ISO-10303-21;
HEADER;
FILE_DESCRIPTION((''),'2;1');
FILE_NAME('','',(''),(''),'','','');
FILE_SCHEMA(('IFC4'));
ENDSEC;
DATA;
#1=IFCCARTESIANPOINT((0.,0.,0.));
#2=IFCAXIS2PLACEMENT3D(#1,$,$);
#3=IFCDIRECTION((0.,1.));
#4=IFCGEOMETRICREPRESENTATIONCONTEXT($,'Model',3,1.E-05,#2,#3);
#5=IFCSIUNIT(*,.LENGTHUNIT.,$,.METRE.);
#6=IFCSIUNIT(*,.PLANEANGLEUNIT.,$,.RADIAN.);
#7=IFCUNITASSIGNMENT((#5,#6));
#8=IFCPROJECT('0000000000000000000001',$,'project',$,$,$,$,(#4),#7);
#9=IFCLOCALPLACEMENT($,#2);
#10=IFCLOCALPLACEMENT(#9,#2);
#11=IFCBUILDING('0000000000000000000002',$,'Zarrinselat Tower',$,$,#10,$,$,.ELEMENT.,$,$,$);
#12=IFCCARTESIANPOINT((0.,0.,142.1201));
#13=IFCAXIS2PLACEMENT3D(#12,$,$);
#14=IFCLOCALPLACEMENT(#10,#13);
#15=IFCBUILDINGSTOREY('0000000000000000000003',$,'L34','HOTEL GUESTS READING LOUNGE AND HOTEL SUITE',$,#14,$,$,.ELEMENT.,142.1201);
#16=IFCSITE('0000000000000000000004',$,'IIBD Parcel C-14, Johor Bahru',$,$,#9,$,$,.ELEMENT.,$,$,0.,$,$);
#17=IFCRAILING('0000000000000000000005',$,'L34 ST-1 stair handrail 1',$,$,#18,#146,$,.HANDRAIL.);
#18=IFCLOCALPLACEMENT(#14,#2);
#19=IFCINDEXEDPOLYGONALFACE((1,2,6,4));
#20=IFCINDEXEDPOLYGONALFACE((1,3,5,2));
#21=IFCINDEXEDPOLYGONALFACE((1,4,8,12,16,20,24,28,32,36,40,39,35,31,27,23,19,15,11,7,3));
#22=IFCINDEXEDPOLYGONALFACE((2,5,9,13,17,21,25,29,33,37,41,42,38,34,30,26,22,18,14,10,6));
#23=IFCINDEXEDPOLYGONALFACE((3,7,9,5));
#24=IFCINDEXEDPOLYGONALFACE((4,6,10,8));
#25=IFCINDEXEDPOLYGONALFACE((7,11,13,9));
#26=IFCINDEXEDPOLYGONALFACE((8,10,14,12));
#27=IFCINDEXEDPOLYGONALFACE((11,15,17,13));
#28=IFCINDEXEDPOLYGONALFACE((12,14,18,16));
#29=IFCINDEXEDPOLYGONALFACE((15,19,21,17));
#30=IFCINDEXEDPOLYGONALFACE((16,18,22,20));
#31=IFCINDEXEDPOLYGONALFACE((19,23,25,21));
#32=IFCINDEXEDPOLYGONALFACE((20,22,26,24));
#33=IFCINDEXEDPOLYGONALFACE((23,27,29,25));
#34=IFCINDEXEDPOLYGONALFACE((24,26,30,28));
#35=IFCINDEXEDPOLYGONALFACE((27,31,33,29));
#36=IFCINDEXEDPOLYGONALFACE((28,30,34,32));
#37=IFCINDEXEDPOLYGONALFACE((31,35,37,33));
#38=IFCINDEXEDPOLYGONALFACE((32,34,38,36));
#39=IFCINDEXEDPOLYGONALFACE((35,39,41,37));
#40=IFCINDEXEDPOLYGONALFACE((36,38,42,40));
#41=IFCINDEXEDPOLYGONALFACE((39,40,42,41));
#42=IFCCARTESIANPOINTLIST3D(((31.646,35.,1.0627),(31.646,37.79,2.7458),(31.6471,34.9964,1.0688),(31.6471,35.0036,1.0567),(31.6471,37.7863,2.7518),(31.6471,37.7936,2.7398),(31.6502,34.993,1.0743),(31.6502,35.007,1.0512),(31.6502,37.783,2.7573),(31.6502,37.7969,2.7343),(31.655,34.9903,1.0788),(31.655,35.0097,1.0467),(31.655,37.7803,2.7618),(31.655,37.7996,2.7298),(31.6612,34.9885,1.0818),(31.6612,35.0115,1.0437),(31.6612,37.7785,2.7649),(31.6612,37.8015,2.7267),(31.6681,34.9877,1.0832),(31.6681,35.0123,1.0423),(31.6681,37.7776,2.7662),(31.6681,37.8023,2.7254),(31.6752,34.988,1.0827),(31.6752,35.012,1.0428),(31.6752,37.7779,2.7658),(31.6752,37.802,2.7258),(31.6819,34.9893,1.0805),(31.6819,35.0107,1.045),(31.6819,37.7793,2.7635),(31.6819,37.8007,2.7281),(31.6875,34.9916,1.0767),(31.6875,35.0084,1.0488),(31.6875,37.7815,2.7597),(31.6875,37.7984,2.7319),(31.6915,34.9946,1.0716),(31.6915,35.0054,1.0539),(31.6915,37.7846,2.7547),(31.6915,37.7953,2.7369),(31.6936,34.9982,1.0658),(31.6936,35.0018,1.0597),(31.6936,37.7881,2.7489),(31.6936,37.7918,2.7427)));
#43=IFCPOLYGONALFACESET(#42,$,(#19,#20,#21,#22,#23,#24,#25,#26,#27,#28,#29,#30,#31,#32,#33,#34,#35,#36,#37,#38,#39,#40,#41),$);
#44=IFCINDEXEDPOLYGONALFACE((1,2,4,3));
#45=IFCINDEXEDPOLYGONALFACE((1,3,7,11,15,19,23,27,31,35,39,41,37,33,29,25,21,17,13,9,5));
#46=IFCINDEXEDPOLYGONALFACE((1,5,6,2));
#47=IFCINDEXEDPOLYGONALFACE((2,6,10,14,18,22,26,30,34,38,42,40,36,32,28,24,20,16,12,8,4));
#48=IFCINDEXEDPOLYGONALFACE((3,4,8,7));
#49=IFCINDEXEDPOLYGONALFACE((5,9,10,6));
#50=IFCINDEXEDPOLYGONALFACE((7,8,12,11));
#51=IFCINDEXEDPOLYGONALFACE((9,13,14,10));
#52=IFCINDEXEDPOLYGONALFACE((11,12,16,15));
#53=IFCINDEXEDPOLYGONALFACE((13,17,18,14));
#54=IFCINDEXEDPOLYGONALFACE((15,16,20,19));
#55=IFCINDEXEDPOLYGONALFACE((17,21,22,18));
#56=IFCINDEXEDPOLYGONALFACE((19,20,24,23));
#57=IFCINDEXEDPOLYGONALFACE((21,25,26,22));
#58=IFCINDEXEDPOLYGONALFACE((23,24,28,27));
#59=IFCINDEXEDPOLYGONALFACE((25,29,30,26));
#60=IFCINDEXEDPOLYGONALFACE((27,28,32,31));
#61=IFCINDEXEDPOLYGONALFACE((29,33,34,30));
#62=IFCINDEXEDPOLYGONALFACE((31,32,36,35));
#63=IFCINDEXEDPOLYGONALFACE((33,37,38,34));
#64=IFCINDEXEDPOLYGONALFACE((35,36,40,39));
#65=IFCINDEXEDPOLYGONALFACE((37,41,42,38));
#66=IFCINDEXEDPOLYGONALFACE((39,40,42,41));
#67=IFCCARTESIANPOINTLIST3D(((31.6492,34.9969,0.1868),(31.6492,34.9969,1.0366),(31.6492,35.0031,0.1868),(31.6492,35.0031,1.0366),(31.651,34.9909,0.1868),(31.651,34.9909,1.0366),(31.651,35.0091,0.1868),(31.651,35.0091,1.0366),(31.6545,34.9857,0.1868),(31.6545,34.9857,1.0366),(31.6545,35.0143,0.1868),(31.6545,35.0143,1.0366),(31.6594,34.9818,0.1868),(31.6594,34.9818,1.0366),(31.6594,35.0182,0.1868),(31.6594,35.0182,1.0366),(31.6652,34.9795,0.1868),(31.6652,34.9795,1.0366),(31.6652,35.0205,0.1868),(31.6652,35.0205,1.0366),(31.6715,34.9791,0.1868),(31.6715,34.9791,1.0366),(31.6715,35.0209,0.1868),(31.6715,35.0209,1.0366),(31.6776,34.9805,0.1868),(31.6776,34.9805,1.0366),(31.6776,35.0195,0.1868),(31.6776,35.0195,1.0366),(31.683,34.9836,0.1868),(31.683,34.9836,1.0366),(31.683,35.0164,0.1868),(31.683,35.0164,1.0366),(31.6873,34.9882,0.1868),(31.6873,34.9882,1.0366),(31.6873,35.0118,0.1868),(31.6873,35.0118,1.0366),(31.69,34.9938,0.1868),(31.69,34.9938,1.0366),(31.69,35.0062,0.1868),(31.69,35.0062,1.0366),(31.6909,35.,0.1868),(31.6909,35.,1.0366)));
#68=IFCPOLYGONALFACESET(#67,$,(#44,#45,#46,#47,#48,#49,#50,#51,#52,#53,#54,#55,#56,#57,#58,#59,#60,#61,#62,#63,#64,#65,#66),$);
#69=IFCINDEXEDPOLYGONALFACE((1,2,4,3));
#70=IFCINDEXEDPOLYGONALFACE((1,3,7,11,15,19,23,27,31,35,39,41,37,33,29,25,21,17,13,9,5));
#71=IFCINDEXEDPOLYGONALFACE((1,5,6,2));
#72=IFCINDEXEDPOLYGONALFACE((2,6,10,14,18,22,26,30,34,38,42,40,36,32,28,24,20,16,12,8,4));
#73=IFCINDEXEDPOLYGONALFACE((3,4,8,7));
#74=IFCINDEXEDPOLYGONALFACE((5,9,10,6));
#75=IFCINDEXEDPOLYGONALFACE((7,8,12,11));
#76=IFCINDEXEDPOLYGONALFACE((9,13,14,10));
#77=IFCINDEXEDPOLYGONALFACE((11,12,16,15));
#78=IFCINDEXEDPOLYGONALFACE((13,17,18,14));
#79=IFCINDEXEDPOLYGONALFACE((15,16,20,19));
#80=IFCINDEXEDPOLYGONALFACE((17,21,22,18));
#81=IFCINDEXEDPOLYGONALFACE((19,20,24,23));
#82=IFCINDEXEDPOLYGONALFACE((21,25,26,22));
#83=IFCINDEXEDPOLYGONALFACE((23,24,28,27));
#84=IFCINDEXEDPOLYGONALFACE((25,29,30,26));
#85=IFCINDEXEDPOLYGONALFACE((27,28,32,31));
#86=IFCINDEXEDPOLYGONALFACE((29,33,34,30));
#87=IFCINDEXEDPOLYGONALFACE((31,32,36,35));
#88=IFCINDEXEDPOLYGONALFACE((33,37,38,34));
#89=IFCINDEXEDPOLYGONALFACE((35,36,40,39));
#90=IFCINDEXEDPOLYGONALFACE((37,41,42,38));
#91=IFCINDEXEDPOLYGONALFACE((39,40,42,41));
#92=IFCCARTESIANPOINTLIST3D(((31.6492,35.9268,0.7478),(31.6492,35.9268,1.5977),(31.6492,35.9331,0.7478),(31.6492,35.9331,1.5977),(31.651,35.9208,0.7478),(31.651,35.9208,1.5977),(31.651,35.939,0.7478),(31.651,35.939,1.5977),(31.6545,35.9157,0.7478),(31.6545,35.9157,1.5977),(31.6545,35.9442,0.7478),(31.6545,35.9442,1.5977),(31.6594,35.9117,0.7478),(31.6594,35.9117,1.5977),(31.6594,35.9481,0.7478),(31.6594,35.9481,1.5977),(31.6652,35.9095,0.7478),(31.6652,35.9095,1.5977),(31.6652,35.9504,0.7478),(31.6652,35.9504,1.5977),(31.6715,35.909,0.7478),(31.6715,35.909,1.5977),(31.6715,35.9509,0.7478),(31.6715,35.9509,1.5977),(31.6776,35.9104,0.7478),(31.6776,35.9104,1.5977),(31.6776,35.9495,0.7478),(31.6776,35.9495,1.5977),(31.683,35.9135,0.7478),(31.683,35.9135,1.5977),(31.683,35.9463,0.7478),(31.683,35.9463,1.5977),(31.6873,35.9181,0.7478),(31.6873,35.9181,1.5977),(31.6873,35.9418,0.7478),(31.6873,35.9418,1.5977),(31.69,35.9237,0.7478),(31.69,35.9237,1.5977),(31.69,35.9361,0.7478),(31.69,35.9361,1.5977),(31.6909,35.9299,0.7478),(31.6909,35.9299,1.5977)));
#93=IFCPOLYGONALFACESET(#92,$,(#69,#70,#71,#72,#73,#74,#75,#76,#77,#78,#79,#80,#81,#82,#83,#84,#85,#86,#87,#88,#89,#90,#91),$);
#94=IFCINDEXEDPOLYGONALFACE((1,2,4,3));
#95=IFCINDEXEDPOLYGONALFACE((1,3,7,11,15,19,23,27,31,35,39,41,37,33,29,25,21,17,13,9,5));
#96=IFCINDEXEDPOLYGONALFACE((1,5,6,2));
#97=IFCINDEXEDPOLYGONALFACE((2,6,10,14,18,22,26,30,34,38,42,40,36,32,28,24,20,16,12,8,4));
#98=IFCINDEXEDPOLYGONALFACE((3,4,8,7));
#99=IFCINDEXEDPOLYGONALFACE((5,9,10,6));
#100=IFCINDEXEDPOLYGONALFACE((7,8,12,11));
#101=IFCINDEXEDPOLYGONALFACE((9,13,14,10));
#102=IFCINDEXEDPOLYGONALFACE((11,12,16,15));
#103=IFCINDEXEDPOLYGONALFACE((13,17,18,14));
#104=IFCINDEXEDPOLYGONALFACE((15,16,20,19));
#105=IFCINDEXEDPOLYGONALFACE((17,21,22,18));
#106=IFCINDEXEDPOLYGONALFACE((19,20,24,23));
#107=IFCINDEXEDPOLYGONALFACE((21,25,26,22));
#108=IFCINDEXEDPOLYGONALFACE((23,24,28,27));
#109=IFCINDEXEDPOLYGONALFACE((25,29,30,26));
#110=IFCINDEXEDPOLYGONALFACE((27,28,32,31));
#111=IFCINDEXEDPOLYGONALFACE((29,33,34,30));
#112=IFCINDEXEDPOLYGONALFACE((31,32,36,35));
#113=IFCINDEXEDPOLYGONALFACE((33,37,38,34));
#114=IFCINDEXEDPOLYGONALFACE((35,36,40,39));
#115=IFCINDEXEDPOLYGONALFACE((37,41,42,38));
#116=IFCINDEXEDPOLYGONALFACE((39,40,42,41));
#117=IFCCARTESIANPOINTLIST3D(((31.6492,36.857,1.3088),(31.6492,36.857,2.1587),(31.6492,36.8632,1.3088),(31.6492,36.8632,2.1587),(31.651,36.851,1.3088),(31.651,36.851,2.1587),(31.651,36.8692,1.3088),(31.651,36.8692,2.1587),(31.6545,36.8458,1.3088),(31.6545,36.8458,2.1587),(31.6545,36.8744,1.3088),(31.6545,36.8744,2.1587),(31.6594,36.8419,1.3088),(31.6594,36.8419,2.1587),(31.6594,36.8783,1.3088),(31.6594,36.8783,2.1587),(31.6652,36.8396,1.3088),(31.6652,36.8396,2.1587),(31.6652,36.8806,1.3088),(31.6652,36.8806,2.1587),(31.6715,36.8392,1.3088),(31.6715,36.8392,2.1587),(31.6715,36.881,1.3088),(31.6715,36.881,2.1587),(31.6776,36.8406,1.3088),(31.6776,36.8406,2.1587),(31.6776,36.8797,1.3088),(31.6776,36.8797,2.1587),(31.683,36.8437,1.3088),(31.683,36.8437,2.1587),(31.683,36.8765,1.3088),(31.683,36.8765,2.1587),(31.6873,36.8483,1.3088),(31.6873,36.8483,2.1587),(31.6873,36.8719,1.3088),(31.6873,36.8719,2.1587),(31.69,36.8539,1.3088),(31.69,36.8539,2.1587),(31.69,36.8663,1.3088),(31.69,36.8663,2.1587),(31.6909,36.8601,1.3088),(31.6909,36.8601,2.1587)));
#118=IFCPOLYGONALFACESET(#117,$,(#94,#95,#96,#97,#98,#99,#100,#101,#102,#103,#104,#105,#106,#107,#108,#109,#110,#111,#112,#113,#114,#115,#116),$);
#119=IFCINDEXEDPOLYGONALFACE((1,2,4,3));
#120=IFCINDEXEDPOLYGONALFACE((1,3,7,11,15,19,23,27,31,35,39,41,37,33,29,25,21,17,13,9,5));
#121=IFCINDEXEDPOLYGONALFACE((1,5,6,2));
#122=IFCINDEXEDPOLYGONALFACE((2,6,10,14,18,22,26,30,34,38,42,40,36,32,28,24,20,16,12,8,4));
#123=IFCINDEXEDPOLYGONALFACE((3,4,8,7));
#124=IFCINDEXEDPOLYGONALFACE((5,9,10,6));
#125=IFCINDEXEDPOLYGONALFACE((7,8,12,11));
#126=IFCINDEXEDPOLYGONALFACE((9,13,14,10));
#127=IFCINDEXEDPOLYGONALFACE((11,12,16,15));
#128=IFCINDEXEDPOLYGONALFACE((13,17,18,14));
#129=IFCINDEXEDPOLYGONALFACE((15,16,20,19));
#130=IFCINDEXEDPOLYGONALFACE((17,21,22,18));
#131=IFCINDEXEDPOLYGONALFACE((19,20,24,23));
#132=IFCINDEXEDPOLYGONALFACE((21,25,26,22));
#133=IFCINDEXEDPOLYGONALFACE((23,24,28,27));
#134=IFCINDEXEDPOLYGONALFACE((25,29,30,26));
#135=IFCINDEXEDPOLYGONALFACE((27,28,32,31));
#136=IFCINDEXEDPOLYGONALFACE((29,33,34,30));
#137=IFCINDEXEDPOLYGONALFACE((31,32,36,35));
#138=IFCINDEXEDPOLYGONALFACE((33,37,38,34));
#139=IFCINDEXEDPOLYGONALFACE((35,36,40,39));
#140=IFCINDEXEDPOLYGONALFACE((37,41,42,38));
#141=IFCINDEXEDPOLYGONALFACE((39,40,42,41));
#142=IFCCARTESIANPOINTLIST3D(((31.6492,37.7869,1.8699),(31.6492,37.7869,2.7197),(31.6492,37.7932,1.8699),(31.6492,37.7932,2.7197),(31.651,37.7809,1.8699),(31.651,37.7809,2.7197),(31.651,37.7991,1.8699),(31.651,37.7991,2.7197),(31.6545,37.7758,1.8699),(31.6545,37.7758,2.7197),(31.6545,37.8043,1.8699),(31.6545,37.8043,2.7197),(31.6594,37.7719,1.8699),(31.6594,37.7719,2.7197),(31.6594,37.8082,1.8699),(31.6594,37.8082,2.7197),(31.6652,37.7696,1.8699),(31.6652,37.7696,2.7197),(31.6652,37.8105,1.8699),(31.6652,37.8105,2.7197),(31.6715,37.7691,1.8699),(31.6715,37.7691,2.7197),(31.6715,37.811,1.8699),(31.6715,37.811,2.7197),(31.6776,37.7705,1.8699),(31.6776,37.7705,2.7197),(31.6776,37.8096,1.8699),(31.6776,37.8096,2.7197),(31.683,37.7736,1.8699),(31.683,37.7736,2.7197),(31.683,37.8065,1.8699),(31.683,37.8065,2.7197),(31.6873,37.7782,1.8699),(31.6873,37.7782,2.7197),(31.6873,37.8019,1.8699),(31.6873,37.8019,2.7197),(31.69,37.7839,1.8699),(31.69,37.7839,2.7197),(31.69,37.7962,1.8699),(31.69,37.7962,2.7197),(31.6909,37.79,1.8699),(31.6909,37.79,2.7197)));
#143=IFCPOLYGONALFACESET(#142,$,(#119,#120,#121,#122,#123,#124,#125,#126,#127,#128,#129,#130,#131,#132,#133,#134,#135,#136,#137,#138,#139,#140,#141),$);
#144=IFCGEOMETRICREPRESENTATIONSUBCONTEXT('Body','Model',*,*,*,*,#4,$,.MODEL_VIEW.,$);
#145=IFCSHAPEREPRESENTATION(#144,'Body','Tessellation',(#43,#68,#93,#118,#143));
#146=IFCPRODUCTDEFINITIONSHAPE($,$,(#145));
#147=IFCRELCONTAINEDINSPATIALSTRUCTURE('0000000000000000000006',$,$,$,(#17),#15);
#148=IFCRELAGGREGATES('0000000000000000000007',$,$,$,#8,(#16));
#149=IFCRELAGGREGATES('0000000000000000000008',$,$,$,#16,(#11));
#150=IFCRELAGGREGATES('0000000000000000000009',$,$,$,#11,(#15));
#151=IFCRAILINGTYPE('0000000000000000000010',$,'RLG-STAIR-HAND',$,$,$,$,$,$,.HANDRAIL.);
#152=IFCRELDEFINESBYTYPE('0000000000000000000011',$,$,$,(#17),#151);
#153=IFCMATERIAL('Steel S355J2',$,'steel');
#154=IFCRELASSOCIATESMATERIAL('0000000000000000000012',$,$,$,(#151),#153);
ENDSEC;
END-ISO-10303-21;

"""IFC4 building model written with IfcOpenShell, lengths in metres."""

from ifc_helpers import new_model, si_unit, direction, frame, origin, origin_2d, place, context, subcontext, project, spatial, circle, extrude, material, type_object, element, save


model = new_model("IFC4")

# Units and contexts
model_context = context("Model", 3, precision=1e-05, world=origin(), true_north=direction((0.0, 1.0)))
body_context = subcontext(model_context, "Body", "Model", "MODEL_VIEW")
ifc_project = project(units=[si_unit("LENGTHUNIT", "METRE"), si_unit("PLANEANGLEUNIT", "RADIAN")], contexts=[model_context])

# Site, building, storey
site_placement = place(None, origin())
site = spatial("IfcSite", under=ifc_project, at=site_placement, Name="IIBD Parcel C-14, Johor Bahru", CompositionType="ELEMENT", RefElevation=0.0)
building_placement = place(site_placement, origin())
building = spatial("IfcBuilding", under=site, at=building_placement, Name="Zarrinselat Tower", CompositionType="ELEMENT")
storey_placement = place(building_placement, frame((0.0, 0.0, 142.1201)))
storey = spatial("IfcBuildingStorey", under=building, at=storey_placement, Name="L34", Description="HOTEL GUESTS READING LOUNGE AND HOTEL SUITE", CompositionType="ELEMENT", Elevation=142.1201)

# Railing
ifc_material_1 = material(Name="Steel S355J2", Category="steel")
railing_type_1 = type_object("IfcRailingType", Name="RLG-STAIR-HAND", PredefinedType="HANDRAIL", material=ifc_material_1)
railing_1_placement = place(storey_placement, frame((31.6699, 35.0, 0.1868)))
element("IfcRailing", 1, at=railing_1_placement, inside=storey, type_object=railing_type_1, Name="L34 ST-1 stair handrail 1", PredefinedType="HANDRAIL", context=body_context, shape_type="SweptSolid", body=[
    extrude(circle(Radius=0.0239, at=origin_2d()), frame((0.0, 0.0, 0.876), z_axis=(0.0, 0.856261, 0.516544), x_axis=(-1.0, 0.0, 0.0)), (0.0, 0.0, 1.0), 3.2583),
    extrude(circle(Radius=0.021, at=origin_2d()), origin(), (0.0, 0.0, 1.0), 0.8499),
    extrude(circle(Radius=0.021, at=origin_2d()), frame((0.0, 0.9299, 0.561)), (0.0, 0.0, 1.0), 0.8499),
    extrude(circle(Radius=0.021, at=origin_2d()), frame((0.0, 1.8601, 1.1221)), (0.0, 0.0, 1.0), 0.8499),
    extrude(circle(Radius=0.021, at=origin_2d()), frame((0.0, 2.79, 1.6831)), (0.0, 0.0, 1.0), 0.8499),
])

save(model, "model.ifc")
